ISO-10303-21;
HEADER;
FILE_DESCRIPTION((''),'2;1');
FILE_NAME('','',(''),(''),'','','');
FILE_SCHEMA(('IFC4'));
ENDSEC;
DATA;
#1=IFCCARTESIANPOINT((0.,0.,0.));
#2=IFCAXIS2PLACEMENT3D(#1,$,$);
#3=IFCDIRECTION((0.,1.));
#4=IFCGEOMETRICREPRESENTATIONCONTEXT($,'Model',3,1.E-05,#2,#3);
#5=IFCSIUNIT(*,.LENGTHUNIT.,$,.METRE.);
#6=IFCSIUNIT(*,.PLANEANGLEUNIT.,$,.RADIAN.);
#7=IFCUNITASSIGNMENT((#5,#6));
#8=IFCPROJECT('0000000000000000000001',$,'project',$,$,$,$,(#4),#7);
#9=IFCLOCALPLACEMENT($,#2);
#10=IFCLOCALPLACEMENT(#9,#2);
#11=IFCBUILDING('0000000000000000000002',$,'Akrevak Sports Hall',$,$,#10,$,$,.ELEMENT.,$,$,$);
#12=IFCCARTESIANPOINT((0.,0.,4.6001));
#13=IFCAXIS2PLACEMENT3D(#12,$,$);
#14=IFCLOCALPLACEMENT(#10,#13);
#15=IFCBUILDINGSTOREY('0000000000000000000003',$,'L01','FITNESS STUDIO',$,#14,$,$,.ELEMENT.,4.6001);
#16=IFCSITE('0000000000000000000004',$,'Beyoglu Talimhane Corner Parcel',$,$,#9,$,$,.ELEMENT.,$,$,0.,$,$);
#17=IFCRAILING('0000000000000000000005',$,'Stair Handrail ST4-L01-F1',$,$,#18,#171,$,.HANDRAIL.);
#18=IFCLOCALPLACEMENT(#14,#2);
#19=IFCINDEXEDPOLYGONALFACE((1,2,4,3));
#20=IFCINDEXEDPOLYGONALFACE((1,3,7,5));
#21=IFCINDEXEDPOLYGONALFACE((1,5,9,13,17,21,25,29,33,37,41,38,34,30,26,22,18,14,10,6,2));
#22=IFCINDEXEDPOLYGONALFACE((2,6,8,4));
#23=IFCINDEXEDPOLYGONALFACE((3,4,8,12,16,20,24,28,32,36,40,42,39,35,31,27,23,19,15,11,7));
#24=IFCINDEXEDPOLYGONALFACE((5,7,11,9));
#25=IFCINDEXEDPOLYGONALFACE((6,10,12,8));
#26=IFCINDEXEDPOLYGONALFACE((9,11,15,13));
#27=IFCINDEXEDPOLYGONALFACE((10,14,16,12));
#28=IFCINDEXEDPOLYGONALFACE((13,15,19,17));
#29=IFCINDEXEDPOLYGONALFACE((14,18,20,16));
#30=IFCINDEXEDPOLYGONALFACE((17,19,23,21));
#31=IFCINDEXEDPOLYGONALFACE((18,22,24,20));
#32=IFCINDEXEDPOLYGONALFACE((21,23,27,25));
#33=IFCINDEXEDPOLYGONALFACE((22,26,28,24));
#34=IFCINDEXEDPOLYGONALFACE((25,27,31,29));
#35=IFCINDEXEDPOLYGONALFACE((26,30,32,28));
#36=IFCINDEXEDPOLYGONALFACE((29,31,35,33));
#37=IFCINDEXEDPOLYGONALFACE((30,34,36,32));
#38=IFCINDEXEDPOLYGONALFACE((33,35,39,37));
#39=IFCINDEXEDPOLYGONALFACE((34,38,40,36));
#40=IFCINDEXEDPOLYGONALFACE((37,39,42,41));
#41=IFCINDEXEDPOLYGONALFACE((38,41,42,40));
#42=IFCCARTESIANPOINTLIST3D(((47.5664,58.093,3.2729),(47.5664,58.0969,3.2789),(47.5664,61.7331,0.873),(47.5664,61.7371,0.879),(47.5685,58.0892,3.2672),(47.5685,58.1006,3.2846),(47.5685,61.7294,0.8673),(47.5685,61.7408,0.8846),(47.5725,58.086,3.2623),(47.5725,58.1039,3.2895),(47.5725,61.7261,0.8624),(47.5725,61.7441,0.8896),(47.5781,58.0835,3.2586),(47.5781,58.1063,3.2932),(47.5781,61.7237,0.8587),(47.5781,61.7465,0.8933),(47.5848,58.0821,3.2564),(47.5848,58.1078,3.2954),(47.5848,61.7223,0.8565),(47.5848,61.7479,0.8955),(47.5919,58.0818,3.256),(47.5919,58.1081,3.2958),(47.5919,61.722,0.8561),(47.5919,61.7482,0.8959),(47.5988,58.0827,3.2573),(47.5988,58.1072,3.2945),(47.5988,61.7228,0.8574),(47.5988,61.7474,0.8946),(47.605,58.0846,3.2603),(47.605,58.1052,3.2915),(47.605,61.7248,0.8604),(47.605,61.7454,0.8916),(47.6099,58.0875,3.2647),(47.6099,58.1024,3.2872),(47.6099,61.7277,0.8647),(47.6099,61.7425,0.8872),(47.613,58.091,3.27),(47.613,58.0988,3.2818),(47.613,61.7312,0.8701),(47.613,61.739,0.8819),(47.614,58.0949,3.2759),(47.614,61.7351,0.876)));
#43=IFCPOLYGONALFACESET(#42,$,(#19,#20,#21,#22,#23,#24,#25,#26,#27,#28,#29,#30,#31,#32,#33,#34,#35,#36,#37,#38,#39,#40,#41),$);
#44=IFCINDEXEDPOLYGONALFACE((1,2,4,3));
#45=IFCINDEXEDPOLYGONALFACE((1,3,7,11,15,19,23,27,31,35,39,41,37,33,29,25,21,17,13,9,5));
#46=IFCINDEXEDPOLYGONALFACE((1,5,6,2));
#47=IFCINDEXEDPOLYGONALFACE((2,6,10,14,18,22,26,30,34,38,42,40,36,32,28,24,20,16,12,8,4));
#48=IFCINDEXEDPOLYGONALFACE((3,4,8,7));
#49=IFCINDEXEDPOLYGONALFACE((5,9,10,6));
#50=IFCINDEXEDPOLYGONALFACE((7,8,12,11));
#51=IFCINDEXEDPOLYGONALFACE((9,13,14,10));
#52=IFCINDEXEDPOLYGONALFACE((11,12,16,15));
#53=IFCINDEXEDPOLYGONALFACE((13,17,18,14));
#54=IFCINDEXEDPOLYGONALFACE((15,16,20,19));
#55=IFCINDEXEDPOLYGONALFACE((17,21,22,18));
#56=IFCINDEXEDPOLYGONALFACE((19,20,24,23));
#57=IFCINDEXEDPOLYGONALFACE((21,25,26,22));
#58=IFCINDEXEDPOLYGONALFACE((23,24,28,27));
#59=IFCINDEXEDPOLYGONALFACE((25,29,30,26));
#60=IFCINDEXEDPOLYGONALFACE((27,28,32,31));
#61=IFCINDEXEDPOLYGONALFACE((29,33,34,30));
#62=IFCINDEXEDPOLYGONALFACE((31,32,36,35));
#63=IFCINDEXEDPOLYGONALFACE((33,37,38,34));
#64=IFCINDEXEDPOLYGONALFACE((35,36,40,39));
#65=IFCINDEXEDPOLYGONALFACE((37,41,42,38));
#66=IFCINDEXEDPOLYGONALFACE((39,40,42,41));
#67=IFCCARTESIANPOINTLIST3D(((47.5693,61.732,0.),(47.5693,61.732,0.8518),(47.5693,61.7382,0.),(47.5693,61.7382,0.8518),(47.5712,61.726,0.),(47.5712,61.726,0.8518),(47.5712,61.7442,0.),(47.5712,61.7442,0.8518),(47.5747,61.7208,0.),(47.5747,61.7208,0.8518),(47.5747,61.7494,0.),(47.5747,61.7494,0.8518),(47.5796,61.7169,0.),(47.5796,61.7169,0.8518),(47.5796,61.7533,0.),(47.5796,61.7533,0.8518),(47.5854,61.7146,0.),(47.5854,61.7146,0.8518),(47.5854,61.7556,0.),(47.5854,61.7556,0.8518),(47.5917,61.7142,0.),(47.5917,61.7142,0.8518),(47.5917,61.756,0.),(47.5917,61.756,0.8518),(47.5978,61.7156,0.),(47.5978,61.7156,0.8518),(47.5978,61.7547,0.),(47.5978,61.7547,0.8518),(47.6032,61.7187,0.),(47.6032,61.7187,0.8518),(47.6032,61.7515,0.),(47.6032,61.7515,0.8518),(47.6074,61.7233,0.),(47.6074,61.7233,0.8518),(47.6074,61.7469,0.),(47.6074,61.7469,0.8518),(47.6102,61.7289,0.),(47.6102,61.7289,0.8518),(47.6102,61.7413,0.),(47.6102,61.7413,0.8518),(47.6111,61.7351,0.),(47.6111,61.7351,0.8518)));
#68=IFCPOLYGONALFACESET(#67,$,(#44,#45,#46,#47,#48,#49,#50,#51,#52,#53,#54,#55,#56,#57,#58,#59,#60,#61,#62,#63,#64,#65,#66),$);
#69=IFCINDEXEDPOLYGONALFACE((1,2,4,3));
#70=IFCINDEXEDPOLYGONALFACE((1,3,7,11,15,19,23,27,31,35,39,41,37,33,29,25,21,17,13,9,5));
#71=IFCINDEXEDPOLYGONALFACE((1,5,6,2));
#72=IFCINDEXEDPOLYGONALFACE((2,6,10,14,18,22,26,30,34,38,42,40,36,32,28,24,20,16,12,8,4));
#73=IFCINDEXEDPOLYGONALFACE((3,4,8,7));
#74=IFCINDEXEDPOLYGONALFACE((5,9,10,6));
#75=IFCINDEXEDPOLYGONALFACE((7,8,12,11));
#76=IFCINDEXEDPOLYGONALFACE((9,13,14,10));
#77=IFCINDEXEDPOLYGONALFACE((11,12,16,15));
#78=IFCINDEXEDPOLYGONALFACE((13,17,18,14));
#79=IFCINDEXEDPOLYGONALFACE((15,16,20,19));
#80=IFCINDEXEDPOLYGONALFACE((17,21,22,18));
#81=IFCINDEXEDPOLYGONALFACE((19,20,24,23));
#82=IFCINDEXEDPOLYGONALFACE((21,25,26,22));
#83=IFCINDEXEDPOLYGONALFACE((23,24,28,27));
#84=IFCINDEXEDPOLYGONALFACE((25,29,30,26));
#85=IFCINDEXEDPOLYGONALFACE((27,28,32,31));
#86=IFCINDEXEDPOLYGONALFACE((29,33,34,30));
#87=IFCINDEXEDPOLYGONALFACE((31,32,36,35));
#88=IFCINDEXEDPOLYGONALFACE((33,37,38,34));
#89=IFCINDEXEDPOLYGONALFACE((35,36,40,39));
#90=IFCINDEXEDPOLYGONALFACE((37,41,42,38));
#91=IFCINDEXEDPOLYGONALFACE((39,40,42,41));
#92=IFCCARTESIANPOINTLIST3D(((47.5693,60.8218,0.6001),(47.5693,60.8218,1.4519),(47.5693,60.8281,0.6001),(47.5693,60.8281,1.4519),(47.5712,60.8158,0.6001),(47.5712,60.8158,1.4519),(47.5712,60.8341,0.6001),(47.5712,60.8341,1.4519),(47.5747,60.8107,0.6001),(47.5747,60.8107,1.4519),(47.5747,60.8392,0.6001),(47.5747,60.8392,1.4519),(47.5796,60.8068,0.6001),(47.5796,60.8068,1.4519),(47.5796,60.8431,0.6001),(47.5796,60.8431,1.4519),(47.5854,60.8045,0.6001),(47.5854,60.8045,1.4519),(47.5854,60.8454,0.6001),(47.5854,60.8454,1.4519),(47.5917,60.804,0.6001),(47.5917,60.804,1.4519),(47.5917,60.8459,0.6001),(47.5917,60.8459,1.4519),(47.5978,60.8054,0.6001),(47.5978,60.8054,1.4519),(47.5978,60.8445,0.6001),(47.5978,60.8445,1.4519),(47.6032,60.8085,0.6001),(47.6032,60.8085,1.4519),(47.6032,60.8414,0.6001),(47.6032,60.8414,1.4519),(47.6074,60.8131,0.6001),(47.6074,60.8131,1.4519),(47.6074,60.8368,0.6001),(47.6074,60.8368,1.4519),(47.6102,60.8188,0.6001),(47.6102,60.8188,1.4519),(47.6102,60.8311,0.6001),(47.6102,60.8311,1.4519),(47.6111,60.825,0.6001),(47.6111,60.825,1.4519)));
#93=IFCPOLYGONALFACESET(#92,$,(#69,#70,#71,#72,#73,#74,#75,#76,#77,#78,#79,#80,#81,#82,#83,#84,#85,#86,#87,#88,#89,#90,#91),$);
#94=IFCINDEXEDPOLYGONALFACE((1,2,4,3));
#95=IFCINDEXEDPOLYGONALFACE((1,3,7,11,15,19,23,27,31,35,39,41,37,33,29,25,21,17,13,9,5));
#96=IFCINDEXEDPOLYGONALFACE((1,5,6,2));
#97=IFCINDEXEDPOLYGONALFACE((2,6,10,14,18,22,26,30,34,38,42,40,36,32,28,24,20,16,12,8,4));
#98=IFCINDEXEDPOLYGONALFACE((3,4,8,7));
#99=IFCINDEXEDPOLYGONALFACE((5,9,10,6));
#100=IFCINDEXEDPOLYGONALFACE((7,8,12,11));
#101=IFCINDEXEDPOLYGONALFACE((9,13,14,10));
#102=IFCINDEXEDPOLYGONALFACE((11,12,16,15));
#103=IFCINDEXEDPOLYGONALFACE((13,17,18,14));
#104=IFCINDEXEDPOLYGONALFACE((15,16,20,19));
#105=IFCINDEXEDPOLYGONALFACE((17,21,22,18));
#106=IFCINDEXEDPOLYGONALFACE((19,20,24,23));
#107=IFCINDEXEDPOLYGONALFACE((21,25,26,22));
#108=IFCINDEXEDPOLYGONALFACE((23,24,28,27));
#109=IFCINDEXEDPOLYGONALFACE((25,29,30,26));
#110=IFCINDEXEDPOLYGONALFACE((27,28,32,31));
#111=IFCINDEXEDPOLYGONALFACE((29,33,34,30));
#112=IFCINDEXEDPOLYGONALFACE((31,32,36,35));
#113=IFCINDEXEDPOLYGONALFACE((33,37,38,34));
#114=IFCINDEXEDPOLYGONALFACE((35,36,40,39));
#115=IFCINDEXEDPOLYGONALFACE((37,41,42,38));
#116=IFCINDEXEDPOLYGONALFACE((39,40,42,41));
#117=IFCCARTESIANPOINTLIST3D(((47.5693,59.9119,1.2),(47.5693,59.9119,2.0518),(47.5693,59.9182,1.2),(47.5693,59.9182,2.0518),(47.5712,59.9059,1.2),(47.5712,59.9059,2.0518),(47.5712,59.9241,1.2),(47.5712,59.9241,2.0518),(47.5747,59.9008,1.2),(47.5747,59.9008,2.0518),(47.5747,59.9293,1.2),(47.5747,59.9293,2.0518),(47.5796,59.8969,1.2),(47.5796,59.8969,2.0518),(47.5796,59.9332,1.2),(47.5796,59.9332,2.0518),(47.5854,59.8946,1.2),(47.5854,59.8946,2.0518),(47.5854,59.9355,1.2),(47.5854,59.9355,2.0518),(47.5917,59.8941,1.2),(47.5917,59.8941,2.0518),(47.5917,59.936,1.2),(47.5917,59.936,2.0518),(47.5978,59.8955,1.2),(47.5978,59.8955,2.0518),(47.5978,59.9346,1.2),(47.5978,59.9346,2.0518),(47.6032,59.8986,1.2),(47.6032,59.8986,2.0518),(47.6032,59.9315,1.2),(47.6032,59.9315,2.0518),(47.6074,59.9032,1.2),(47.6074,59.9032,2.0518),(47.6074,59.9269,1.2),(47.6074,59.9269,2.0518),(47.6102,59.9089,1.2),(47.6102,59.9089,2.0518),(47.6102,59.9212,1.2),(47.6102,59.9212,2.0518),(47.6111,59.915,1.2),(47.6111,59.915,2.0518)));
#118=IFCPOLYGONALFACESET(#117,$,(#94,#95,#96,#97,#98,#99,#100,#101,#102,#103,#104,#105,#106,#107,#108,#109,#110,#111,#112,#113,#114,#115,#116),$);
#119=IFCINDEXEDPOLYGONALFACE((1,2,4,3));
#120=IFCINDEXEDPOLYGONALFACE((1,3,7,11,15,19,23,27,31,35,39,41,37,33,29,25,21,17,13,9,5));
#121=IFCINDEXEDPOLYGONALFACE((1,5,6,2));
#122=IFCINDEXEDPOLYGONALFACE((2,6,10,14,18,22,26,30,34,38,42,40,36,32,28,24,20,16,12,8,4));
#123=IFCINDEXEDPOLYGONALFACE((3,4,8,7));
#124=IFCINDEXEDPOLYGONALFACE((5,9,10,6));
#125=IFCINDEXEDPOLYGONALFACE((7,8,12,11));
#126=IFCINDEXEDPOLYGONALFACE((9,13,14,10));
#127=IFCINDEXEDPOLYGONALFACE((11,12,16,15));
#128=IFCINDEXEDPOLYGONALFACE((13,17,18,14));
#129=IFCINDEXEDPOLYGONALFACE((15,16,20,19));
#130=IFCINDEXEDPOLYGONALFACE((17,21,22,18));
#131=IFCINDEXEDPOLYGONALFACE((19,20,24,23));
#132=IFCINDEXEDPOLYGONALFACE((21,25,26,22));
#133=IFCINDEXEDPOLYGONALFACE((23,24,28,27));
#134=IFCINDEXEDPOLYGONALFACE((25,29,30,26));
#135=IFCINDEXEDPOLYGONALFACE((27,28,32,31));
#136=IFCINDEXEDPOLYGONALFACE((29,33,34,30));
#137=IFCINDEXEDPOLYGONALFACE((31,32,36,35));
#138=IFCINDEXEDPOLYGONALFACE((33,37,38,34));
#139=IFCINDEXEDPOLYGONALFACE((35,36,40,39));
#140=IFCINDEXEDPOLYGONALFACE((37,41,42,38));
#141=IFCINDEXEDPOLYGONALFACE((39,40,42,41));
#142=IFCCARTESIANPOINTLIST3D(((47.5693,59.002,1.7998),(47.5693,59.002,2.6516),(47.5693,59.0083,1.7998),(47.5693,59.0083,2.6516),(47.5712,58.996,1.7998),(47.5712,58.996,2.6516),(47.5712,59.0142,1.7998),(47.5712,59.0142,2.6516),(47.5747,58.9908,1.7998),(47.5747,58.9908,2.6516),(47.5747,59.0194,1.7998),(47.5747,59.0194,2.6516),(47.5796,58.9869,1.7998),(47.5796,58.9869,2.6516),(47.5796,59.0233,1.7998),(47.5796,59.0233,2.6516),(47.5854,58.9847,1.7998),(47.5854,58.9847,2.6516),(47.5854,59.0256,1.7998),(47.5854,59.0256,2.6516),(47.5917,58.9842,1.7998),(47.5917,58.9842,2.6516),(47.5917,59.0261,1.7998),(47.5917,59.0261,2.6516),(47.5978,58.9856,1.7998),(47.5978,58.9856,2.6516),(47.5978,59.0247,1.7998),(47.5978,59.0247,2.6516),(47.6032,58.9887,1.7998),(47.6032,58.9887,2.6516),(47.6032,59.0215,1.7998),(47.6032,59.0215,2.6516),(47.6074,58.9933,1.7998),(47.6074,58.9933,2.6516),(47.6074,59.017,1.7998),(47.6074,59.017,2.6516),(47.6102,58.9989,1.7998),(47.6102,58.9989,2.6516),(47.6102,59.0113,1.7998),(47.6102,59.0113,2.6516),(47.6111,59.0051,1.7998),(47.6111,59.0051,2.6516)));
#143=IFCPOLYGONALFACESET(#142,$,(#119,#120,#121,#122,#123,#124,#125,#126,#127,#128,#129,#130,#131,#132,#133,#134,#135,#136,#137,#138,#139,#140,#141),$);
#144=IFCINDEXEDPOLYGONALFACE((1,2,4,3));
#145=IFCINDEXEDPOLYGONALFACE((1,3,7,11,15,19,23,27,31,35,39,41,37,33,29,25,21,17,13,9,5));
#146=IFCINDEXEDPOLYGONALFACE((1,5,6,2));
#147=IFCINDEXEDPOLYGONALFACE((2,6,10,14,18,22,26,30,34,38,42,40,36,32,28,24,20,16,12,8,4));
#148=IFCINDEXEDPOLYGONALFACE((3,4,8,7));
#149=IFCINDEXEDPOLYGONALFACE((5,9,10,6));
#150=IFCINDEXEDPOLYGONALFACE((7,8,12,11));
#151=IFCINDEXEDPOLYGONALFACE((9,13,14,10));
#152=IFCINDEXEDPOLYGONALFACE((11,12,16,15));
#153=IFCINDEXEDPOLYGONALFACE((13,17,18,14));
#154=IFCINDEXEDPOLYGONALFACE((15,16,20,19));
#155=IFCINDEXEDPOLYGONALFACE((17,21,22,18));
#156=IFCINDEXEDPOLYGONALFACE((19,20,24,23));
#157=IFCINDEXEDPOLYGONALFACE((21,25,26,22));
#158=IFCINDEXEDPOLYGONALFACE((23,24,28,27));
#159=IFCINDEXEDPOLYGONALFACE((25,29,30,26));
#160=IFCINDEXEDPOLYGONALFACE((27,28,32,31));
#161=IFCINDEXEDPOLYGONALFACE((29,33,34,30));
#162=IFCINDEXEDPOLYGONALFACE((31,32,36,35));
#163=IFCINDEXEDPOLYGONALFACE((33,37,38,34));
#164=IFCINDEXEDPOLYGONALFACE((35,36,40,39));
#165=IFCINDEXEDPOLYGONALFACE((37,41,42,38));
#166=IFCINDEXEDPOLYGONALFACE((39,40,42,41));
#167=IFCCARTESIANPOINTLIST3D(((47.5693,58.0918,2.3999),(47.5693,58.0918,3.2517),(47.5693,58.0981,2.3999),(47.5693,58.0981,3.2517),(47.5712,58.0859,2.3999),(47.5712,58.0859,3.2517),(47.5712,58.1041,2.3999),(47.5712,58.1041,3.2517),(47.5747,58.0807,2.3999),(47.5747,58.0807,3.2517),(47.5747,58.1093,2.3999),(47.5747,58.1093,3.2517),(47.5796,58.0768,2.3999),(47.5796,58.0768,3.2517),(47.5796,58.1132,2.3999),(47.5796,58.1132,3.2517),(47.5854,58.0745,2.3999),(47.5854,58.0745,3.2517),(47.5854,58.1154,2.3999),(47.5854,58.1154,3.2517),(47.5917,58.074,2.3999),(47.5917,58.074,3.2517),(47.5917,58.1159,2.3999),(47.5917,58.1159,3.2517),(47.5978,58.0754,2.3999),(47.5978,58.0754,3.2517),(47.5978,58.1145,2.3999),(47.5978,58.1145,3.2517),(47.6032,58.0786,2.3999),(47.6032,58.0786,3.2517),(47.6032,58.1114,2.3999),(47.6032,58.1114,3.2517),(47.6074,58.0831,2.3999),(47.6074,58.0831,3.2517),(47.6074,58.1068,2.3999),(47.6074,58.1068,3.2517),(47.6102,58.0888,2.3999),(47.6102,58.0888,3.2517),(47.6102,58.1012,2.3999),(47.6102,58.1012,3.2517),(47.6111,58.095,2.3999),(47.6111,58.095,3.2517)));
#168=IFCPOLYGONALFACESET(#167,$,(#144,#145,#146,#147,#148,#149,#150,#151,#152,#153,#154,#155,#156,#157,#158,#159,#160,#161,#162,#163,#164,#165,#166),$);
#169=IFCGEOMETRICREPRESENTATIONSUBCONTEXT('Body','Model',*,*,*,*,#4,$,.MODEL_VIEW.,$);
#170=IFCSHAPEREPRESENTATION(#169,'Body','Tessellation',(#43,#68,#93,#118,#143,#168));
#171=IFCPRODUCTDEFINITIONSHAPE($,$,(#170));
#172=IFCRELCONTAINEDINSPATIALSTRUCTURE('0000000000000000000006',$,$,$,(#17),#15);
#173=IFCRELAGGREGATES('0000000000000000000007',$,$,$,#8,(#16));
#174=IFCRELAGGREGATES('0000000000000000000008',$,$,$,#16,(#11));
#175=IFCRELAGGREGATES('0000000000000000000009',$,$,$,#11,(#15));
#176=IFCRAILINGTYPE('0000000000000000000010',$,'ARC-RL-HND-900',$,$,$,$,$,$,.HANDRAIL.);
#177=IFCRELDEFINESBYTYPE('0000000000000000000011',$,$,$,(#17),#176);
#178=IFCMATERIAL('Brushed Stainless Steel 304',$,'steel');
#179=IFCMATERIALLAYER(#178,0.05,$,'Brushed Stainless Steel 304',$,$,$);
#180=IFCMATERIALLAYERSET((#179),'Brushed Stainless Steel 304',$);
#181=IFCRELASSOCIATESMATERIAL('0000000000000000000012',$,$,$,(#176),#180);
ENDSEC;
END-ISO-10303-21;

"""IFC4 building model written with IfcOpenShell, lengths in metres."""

from ifc_helpers import new_model, si_unit, direction, frame, origin, origin_2d, place, context, subcontext, project, spatial, circle, extrude, material, layer, layer_set, type_object, element, save


model = new_model("IFC4")

# Units and contexts
model_context = context("Model", 3, precision=1e-05, world=origin(), true_north=direction((0.0, 1.0)))
body_context = subcontext(model_context, "Body", "Model", "MODEL_VIEW")
ifc_project = project(units=[si_unit("LENGTHUNIT", "METRE"), si_unit("PLANEANGLEUNIT", "RADIAN")], contexts=[model_context])

# Site, building, storey
site_placement = place(None, origin())
site = spatial("IfcSite", under=ifc_project, at=site_placement, Name="Beyoglu Talimhane Corner Parcel", CompositionType="ELEMENT", RefElevation=0.0)
building_placement = place(site_placement, origin())
building = spatial("IfcBuilding", under=site, at=building_placement, Name="Akrevak Sports Hall", CompositionType="ELEMENT")
storey_placement = place(building_placement, frame((0.0, 0.0, 4.6001)))
storey = spatial("IfcBuildingStorey", under=building, at=storey_placement, Name="L01", Description="FITNESS STUDIO", CompositionType="ELEMENT", Elevation=4.6001)

# Railing
ifc_material_1 = material(Name="Brushed Stainless Steel 304", Category="steel")
ifc_layer_1 = layer(ifc_material_1, 0.05, Name="Brushed Stainless Steel 304")
ifc_layer_set_1 = layer_set([ifc_layer_1], Name="Brushed Stainless Steel 304")
railing_type_1 = type_object("IfcRailingType", Name="ARC-RL-HND-900", PredefinedType="HANDRAIL", material=ifc_layer_set_1)
railing_1_placement = place(storey_placement, frame((47.5901, 61.7351, 0.0)))
element("IfcRailing", 1, at=railing_1_placement, inside=storey, type_object=railing_type_1, Name="Stair Handrail ST4-L01-F1", PredefinedType="HANDRAIL", context=body_context, shape_type="SweptSolid", body=[
    extrude(circle(Radius=0.0239, at=origin_2d()), frame((0.0, 0.0, 0.876), z_axis=(0.0, -0.834882, 0.550429), x_axis=(1.0, 0.0, 0.0)), (0.0, 0.0, 1.0), 4.3601),
    extrude(circle(Radius=0.021, at=origin_2d()), origin(), (0.0, 0.0, 1.0), 0.8518),
    extrude(circle(Radius=0.021, at=origin_2d()), frame((0.0, -0.9102, 0.6001)), (0.0, 0.0, 1.0), 0.8518),
    extrude(circle(Radius=0.021, at=origin_2d()), frame((0.0, -1.8201, 1.2)), (0.0, 0.0, 1.0), 0.8518),
    extrude(circle(Radius=0.021, at=origin_2d()), frame((0.0, -2.73, 1.7998)), (0.0, 0.0, 1.0), 0.8518),
    extrude(circle(Radius=0.021, at=origin_2d()), frame((0.0, -3.6401, 2.3999)), (0.0, 0.0, 1.0), 0.8518),
])

save(model, "model.ifc")
